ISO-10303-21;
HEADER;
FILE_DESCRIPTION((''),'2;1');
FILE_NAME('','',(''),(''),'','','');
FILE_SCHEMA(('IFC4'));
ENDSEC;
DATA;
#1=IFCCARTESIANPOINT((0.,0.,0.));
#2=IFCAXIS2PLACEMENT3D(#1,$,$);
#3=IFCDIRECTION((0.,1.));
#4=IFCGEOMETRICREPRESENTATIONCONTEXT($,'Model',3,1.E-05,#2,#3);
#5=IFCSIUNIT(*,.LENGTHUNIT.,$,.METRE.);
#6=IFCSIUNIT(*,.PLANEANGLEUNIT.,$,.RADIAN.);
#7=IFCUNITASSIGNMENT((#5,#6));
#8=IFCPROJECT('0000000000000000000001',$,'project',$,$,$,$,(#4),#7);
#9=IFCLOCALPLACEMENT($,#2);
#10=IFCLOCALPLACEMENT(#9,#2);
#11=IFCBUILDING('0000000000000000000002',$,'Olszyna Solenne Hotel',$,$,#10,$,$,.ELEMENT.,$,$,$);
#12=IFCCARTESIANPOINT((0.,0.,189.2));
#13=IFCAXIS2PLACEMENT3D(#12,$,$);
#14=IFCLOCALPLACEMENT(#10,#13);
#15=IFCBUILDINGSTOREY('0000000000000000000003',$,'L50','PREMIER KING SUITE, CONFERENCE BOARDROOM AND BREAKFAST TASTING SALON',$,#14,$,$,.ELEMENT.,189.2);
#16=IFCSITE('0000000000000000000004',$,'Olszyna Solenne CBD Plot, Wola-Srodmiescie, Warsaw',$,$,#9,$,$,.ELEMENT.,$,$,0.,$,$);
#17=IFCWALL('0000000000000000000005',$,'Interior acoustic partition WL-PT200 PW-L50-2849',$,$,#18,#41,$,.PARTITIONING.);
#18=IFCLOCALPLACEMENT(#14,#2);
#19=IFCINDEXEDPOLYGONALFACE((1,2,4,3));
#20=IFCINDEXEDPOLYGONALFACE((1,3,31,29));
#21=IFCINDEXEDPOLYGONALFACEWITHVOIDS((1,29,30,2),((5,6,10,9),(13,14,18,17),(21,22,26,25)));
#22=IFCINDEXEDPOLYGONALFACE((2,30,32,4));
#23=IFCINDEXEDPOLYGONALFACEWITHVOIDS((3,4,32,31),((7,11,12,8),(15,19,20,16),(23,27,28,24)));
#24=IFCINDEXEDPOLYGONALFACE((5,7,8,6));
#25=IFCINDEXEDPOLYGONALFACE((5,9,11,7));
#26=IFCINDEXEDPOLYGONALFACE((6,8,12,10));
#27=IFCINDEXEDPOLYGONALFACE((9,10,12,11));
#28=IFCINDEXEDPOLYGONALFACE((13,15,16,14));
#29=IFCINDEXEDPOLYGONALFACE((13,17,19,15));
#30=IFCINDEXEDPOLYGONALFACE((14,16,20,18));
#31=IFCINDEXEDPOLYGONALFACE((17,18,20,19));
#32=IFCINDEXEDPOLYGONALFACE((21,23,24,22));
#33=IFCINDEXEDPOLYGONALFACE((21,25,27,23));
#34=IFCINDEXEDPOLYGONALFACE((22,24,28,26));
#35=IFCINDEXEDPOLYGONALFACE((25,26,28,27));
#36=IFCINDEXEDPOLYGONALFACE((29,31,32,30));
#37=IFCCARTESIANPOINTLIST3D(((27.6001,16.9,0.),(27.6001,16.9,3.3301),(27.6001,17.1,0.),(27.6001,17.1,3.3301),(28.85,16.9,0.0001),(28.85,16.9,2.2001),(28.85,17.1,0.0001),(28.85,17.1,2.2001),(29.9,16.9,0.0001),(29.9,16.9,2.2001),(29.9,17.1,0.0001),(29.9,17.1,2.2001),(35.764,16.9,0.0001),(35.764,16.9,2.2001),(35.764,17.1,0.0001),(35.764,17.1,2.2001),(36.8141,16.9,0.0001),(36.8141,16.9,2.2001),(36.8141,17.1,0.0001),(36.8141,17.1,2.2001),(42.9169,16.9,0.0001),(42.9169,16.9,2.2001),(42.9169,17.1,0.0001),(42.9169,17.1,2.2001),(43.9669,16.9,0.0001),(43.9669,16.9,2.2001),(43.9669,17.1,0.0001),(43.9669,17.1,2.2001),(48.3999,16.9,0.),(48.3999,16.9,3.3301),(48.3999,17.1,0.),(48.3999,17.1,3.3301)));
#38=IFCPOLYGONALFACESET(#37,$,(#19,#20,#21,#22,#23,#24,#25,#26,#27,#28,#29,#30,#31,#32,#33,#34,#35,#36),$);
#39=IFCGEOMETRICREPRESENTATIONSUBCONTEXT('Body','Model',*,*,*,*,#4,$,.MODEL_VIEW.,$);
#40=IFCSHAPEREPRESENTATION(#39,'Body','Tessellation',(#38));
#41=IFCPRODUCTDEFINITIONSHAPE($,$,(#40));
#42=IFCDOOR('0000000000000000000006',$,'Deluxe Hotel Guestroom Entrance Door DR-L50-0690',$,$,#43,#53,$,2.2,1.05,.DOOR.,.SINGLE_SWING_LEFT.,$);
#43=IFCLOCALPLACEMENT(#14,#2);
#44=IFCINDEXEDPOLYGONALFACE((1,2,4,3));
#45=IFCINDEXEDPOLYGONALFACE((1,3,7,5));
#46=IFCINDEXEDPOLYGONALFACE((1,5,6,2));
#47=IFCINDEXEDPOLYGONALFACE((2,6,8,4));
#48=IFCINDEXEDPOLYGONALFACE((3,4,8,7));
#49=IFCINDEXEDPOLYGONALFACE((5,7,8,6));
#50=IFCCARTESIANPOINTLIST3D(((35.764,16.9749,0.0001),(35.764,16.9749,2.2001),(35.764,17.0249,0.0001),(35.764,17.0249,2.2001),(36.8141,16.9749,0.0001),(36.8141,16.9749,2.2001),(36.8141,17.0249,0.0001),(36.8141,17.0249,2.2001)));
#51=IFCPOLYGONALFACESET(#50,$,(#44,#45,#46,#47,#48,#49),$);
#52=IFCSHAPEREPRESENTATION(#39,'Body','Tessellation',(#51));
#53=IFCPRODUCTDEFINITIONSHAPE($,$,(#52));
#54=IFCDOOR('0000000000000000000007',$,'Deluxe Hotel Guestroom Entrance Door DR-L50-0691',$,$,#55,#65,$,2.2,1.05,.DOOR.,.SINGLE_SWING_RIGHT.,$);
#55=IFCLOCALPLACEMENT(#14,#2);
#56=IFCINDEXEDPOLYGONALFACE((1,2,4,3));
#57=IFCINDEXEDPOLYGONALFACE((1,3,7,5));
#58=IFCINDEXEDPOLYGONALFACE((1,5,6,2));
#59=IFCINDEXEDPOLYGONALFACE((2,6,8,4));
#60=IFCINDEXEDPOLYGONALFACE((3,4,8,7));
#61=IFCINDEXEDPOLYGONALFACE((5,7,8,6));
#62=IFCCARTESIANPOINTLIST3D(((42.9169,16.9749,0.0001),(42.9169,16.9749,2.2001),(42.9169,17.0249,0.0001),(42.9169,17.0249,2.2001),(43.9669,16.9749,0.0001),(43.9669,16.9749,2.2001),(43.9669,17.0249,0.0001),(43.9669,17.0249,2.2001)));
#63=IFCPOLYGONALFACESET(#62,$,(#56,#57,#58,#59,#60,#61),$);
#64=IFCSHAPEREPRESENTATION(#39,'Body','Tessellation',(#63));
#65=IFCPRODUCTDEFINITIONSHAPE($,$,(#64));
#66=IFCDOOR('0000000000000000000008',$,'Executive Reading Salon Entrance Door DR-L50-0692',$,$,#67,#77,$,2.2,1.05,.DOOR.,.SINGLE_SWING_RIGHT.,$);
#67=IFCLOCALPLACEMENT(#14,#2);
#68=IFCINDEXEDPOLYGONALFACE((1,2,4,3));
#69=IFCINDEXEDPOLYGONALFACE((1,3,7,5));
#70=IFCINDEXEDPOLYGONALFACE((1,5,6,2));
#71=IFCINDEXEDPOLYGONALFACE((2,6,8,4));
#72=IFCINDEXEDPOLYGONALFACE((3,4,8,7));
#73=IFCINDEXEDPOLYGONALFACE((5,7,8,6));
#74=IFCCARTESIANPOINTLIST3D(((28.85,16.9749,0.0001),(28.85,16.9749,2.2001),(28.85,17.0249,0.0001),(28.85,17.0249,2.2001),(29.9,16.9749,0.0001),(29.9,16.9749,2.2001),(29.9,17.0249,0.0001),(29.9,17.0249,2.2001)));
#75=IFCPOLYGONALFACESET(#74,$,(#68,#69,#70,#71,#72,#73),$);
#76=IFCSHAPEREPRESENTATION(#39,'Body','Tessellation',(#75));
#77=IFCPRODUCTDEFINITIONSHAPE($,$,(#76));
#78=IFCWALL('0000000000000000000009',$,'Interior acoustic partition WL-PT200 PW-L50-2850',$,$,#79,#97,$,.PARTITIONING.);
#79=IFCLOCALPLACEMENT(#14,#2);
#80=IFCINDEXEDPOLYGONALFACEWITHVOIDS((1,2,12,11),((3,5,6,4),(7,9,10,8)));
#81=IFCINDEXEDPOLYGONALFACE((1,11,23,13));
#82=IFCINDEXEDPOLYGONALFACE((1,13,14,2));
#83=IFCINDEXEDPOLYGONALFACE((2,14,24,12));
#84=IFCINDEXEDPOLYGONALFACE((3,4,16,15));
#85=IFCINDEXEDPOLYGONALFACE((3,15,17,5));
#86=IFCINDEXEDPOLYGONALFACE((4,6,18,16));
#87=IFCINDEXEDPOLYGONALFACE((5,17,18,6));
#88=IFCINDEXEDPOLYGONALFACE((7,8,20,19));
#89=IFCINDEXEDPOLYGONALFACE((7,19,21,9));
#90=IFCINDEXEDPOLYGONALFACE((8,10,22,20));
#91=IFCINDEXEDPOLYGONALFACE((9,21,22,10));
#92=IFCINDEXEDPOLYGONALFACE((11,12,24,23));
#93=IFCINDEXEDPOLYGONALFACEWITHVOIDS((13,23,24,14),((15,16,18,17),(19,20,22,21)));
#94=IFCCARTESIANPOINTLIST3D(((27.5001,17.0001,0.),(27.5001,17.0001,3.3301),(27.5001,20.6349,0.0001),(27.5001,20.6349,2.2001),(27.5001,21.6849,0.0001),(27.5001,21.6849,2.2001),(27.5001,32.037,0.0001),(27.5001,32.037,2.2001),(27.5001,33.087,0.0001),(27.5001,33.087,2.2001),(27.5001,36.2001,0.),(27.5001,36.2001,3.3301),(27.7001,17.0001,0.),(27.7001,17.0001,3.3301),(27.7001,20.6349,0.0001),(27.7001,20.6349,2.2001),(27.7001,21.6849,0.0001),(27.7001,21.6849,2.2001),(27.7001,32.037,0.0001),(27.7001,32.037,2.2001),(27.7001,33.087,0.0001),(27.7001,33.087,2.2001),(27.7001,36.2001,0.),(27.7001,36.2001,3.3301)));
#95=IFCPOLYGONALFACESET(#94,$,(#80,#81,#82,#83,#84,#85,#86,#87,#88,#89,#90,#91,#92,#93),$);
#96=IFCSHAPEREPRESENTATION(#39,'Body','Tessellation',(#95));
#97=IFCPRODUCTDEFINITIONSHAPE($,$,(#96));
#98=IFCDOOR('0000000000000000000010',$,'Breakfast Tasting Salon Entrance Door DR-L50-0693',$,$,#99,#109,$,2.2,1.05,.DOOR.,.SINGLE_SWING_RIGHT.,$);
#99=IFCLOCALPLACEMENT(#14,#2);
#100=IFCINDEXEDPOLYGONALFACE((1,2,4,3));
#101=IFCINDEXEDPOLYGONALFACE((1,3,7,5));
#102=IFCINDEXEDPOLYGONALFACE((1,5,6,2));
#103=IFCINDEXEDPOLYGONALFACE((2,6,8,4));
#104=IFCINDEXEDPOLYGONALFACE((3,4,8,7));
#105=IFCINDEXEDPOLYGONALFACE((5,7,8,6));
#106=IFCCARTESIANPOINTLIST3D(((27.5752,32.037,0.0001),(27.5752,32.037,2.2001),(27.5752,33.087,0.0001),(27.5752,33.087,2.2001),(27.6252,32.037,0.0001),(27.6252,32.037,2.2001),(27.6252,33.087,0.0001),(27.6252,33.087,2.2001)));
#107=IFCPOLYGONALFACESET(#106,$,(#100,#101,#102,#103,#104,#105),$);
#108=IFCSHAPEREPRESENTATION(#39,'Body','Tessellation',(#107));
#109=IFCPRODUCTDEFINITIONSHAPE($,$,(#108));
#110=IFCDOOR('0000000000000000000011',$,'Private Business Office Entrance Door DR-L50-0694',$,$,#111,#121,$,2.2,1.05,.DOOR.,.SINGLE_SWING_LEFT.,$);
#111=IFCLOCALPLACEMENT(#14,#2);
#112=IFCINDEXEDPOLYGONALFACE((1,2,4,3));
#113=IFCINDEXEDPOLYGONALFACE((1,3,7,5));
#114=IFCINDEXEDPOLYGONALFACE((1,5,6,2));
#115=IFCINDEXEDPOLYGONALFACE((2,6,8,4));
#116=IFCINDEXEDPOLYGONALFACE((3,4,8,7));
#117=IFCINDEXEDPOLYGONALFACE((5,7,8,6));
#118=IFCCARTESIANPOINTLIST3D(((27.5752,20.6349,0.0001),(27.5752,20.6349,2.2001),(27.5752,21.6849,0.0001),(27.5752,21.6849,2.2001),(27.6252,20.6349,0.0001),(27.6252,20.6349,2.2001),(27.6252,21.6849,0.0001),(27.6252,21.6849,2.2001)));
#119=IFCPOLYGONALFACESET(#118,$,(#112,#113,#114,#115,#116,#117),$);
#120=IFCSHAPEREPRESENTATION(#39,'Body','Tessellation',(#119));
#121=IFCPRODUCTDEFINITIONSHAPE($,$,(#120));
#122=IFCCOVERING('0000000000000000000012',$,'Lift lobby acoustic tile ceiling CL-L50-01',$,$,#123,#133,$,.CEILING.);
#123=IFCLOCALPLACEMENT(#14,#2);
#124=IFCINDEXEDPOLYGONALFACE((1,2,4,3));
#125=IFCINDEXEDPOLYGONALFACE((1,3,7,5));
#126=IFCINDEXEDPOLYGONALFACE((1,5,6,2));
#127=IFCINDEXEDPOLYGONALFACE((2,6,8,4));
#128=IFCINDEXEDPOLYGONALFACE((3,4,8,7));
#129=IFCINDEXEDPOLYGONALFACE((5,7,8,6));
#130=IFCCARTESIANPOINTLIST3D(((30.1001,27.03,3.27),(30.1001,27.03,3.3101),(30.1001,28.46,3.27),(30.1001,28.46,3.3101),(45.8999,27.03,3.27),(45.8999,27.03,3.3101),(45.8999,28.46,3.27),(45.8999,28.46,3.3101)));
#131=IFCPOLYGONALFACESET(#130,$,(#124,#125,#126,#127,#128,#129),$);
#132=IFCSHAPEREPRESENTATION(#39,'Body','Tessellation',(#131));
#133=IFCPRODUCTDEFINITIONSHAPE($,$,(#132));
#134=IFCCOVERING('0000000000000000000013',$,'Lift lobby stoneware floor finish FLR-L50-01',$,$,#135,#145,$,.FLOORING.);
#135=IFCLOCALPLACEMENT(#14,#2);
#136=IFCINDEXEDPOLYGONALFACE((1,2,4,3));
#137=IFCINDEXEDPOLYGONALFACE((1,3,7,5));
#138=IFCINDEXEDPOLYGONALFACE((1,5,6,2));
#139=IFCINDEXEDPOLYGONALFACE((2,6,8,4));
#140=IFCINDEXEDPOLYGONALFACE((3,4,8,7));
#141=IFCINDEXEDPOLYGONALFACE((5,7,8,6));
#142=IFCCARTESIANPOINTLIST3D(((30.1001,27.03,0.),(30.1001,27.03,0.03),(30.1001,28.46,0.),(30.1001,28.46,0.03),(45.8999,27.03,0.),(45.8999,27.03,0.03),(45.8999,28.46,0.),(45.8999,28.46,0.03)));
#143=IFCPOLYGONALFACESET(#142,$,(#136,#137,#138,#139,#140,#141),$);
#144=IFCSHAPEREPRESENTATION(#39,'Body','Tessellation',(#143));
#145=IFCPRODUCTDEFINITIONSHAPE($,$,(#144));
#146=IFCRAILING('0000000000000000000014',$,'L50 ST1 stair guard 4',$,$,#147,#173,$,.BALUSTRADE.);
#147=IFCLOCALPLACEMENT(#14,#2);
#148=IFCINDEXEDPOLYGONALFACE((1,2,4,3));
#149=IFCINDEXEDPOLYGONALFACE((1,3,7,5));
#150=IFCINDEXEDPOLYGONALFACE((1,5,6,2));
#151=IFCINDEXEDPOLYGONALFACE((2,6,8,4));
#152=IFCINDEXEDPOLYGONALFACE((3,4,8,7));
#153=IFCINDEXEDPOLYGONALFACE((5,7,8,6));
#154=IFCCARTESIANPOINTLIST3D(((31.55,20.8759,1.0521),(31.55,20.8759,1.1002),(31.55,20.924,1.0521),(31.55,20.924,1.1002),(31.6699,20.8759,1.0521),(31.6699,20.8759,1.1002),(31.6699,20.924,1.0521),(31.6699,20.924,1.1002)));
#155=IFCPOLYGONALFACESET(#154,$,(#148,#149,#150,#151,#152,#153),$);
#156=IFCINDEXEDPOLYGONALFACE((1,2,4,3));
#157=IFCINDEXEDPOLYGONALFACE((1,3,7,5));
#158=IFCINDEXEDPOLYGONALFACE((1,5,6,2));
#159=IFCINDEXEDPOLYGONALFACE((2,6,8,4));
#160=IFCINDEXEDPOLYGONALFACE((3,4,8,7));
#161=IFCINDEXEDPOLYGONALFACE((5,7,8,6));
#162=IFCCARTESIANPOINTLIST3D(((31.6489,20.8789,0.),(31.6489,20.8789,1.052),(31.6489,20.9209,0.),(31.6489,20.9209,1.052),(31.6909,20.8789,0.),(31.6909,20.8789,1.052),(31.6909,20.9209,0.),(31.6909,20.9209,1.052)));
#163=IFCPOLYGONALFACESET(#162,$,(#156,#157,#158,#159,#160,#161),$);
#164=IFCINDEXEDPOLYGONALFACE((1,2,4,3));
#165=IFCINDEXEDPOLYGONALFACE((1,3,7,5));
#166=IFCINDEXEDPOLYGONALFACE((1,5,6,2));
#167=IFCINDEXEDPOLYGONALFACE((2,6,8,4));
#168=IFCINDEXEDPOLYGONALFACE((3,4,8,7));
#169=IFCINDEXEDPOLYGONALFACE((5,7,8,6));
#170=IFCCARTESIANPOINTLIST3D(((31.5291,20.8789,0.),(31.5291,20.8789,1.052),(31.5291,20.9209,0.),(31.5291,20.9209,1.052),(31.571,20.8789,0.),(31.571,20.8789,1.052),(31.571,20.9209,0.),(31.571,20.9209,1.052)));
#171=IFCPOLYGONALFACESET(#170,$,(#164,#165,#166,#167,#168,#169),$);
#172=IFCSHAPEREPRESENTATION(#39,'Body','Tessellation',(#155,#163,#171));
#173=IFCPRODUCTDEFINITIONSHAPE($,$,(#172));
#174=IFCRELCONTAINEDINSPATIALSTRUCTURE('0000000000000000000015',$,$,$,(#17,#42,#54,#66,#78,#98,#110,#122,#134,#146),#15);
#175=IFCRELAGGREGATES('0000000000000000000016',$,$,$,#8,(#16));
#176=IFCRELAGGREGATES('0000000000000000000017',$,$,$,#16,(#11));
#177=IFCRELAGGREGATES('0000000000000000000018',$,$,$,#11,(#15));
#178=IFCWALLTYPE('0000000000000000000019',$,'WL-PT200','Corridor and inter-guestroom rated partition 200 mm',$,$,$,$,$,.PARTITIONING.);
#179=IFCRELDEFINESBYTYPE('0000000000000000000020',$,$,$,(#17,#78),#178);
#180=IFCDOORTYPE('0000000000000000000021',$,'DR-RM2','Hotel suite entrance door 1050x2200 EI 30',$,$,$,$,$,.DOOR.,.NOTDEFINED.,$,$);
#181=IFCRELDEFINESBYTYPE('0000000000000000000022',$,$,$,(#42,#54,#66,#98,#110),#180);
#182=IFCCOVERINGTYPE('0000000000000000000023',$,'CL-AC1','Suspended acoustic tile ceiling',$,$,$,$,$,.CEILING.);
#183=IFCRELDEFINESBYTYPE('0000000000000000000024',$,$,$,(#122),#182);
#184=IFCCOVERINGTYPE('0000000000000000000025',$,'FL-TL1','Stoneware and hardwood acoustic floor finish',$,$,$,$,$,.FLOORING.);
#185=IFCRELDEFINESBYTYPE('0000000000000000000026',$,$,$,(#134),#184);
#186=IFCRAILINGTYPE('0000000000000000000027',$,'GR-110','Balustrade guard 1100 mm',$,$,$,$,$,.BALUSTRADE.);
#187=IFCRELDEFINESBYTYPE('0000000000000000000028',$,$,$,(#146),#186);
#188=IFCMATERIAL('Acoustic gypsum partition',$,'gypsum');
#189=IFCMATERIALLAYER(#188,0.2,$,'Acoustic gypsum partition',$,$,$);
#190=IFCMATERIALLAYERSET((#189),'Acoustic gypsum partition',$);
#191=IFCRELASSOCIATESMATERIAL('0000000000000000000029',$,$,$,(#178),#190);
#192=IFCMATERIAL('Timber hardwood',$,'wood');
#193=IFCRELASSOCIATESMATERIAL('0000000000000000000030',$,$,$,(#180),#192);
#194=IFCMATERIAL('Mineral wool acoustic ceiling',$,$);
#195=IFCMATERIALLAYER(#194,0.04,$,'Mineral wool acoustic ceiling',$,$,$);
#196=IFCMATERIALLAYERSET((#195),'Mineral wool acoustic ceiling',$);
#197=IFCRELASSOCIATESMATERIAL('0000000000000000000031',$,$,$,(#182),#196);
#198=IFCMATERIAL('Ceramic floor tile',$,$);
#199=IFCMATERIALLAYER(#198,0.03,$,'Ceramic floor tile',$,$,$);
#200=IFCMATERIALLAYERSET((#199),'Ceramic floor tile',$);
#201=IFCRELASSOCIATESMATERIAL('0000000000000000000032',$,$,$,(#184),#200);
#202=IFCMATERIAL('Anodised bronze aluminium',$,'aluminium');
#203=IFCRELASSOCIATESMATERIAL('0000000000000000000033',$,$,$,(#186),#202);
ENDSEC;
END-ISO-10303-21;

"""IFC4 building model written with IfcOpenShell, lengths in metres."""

from ifc_helpers import new_model, si_unit, direction, frame, frame_2d, origin, origin_2d, place, context, subcontext, project, spatial, polyline, rectangle, outline, extrude, source, transform, mapped, material, layer, layer_set, type_object, type_shapes, element, fill, save


model = new_model("IFC4")

# Units and contexts
model_context = context("Model", 3, precision=1e-05, world=origin(), true_north=direction((0.0, 1.0)))
body_context = subcontext(model_context, "Body", "Model", "MODEL_VIEW")
ifc_project = project(units=[si_unit("LENGTHUNIT", "METRE"), si_unit("PLANEANGLEUNIT", "RADIAN")], contexts=[model_context])

# Site, building, storey
site_placement = place(None, origin())
site = spatial("IfcSite", under=ifc_project, at=site_placement, Name="Olszyna Solenne CBD Plot, Wola-Srodmiescie, Warsaw", CompositionType="ELEMENT", RefElevation=0.0)
building_placement = place(site_placement, origin())
building = spatial("IfcBuilding", under=site, at=building_placement, Name="Olszyna Solenne Hotel", CompositionType="ELEMENT")
storey_placement = place(building_placement, frame((0.0, 0.0, 189.2)))
storey = spatial("IfcBuildingStorey", under=building, at=storey_placement, Name="L50", Description="PREMIER KING SUITE, CONFERENCE BOARDROOM AND BREAKFAST TASTING SALON", CompositionType="ELEMENT", Elevation=189.2)

# Shared definitions
ifc_material_1 = material(Name="Timber hardwood", Category="wood")

# Shared definitions
ifc_material_2 = material(Name="Anodised bronze aluminium", Category="aluminium")

# Shared definitions
ifc_material_3 = material(Name="Acoustic gypsum partition", Category="gypsum")
ifc_layer_1 = layer(ifc_material_3, 0.2, Name="Acoustic gypsum partition")
ifc_layer_set_1 = layer_set([ifc_layer_1], Name="Acoustic gypsum partition")
wall_type_1 = type_object("IfcWallType", Name="WL-PT200", Description="Corridor and inter-guestroom rated partition 200 mm", PredefinedType="PARTITIONING", material=ifc_layer_set_1)

# Walls, openings, doors
wall_1_placement = place(storey_placement, frame((27.6001, 17.0, 0.0), z_axis=(0.0, 0.0, 1.0), x_axis=(1.0, 0.0, 0.0)))
wall_1 = element("IfcWall", 1, at=wall_1_placement, inside=storey, type_object=wall_type_1, Name="Interior acoustic partition WL-PT200 PW-L50-2849", PredefinedType="PARTITIONING", context=body_context, shape_type="SweptSolid", body=[
    extrude(rectangle(XDim=20.7998, YDim=0.2, at=frame_2d((10.3999, 0.0))), origin(), (0.0, 0.0, 1.0), 3.3301),
])
opening_1_placement = place(wall_1_placement, frame((8.1641, 0.0, 0.0)))
opening_1 = element("IfcOpeningElement", 2, at=opening_1_placement, cuts=wall_1, PredefinedType="OPENING", context=body_context, shape_type="SweptSolid", body=[
    extrude(rectangle(XDim=1.05, YDim=2.2, at=frame_2d((0.5249, 1.1001))), frame((0.0, 0.1099, 0.0), z_axis=(0.0, -1.0, 0.0), x_axis=(1.0, 0.0, 0.0)), (0.0, 0.0, 1.0), 0.22),
])
opening_2_placement = place(wall_1_placement, frame((15.3169, 0.0, 0.0)))
opening_2 = element("IfcOpeningElement", 3, at=opening_2_placement, cuts=wall_1, PredefinedType="OPENING", context=body_context, shape_type="SweptSolid", body=[
    extrude(rectangle(XDim=1.05, YDim=2.2, at=frame_2d((0.5249, 1.1001))), frame((0.0, 0.1099, 0.0), z_axis=(0.0, -1.0, 0.0), x_axis=(1.0, 0.0, 0.0)), (0.0, 0.0, 1.0), 0.22),
])
opening_3_placement = place(wall_1_placement, frame((1.25, 0.0, 0.0)))
opening_3 = element("IfcOpeningElement", 4, at=opening_3_placement, cuts=wall_1, PredefinedType="OPENING", context=body_context, shape_type="SweptSolid", body=[
    extrude(rectangle(XDim=1.05, YDim=2.2, at=frame_2d((0.5249, 1.1001))), frame((0.0, 0.1099, 0.0), z_axis=(0.0, -1.0, 0.0), x_axis=(1.0, 0.0, 0.0)), (0.0, 0.0, 1.0), 0.22),
])
door_type_1 = type_object("IfcDoorType", Name="DR-RM2", Description="Hotel suite entrance door 1050x2200 EI 30", OperationType="NOTDEFINED", PredefinedType="DOOR", material=ifc_material_1)
shared_shape_1 = source(origin(), body_context, "Body", "SweptSolid", [
    extrude(rectangle(XDim=1.05, YDim=2.2, at=frame_2d((0.5249, 1.1001))), frame((0.0, 0.0249, 0.0), z_axis=(0.0, -1.0, 0.0), x_axis=(1.0, 0.0, 0.0)), (0.0, 0.0, 1.0), 0.05),
])
type_shapes(door_type_1, [shared_shape_1])
door_1_placement = place(opening_1_placement, origin())
door_1 = element("IfcDoor", 5, at=door_1_placement, inside=storey, type_object=door_type_1, Name="Deluxe Hotel Guestroom Entrance Door DR-L50-0690", OperationType="SINGLE_SWING_LEFT", OverallHeight=2.2, OverallWidth=1.05, PredefinedType="DOOR", context=body_context, shape_type="MappedRepresentation", body=[
    mapped(shared_shape_1, transform((0.0, 0.0, 0.0), x_axis=(1.0, 0.0, 0.0), y_axis=(0.0, 1.0, 0.0), z_axis=(0.0, 0.0, 1.0), scale=1.0)),
])
fill(opening_1, door_1)
door_2_placement = place(opening_2_placement, origin())
door_2 = element("IfcDoor", 6, at=door_2_placement, inside=storey, type_object=door_type_1, Name="Deluxe Hotel Guestroom Entrance Door DR-L50-0691", OperationType="SINGLE_SWING_RIGHT", OverallHeight=2.2, OverallWidth=1.05, PredefinedType="DOOR", context=body_context, shape_type="MappedRepresentation", body=[
    mapped(shared_shape_1, transform((0.0, 0.0, 0.0), x_axis=(1.0, 0.0, 0.0), y_axis=(0.0, 1.0, 0.0), z_axis=(0.0, 0.0, 1.0), scale=1.0)),
])
fill(opening_2, door_2)
door_3_placement = place(opening_3_placement, origin())
door_3 = element("IfcDoor", 7, at=door_3_placement, inside=storey, type_object=door_type_1, Name="Executive Reading Salon Entrance Door DR-L50-0692", OperationType="SINGLE_SWING_RIGHT", OverallHeight=2.2, OverallWidth=1.05, PredefinedType="DOOR", context=body_context, shape_type="MappedRepresentation", body=[
    mapped(shared_shape_1, transform((0.0, 0.0, 0.0), x_axis=(1.0, 0.0, 0.0), y_axis=(0.0, 1.0, 0.0), z_axis=(0.0, 0.0, 1.0), scale=1.0)),
])
fill(opening_3, door_3)
wall_2_placement = place(storey_placement, frame((27.6001, 17.0, 0.0), z_axis=(0.0, 0.0, 1.0), x_axis=(0.0, 1.0, 0.0)))
wall_2 = element("IfcWall", 8, at=wall_2_placement, inside=storey, type_object=wall_type_1, Name="Interior acoustic partition WL-PT200 PW-L50-2850", PredefinedType="PARTITIONING", context=body_context, shape_type="SweptSolid", body=[
    extrude(rectangle(XDim=19.2, YDim=0.2, at=frame_2d((9.6001, 0.0))), origin(), (0.0, 0.0, 1.0), 3.3301),
])
opening_4_placement = place(wall_2_placement, frame((15.0371, 0.0, 0.0)))
opening_4 = element("IfcOpeningElement", 9, at=opening_4_placement, cuts=wall_2, PredefinedType="OPENING", context=body_context, shape_type="SweptSolid", body=[
    extrude(rectangle(XDim=1.05, YDim=2.2, at=frame_2d((0.5249, 1.1001))), frame((0.0, 0.1099, 0.0), z_axis=(0.0, -1.0, 0.0), x_axis=(1.0, 0.0, 0.0)), (0.0, 0.0, 1.0), 0.22),
])
opening_5_placement = place(wall_2_placement, frame((3.635, 0.0, 0.0)))
opening_5 = element("IfcOpeningElement", 10, at=opening_5_placement, cuts=wall_2, PredefinedType="OPENING", context=body_context, shape_type="SweptSolid", body=[
    extrude(rectangle(XDim=1.05, YDim=2.2, at=frame_2d((0.5249, 1.1001))), frame((0.0, 0.1099, 0.0), z_axis=(0.0, -1.0, 0.0), x_axis=(1.0, 0.0, 0.0)), (0.0, 0.0, 1.0), 0.22),
])
door_4_placement = place(opening_4_placement, origin())
door_4 = element("IfcDoor", 11, at=door_4_placement, inside=storey, type_object=door_type_1, Name="Breakfast Tasting Salon Entrance Door DR-L50-0693", OperationType="SINGLE_SWING_RIGHT", OverallHeight=2.2, OverallWidth=1.05, PredefinedType="DOOR", context=body_context, shape_type="MappedRepresentation", body=[
    mapped(shared_shape_1, transform((0.0, 0.0, 0.0), x_axis=(1.0, 0.0, 0.0), y_axis=(0.0, 1.0, 0.0), z_axis=(0.0, 0.0, 1.0), scale=1.0)),
])
fill(opening_4, door_4)
door_5_placement = place(opening_5_placement, origin())
door_5 = element("IfcDoor", 12, at=door_5_placement, inside=storey, type_object=door_type_1, Name="Private Business Office Entrance Door DR-L50-0694", OperationType="SINGLE_SWING_LEFT", OverallHeight=2.2, OverallWidth=1.05, PredefinedType="DOOR", context=body_context, shape_type="MappedRepresentation", body=[
    mapped(shared_shape_1, transform((0.0, 0.0, 0.0), x_axis=(1.0, 0.0, 0.0), y_axis=(0.0, 1.0, 0.0), z_axis=(0.0, 0.0, 1.0), scale=1.0)),
])
fill(opening_5, door_5)

# Coverings
ifc_material_4 = material(Name="Mineral wool acoustic ceiling")
ifc_layer_2 = layer(ifc_material_4, 0.04, Name="Mineral wool acoustic ceiling")
ifc_layer_set_2 = layer_set([ifc_layer_2], Name="Mineral wool acoustic ceiling")
covering_type_1 = type_object("IfcCoveringType", Name="CL-AC1", Description="Suspended acoustic tile ceiling", PredefinedType="CEILING", material=ifc_layer_set_2)
covering_1_placement = place(storey_placement, frame((0.0, 0.0, 3.27)))
element("IfcCovering", 13, at=covering_1_placement, inside=storey, type_object=covering_type_1, Name="Lift lobby acoustic tile ceiling CL-L50-01", PredefinedType="CEILING", context=body_context, shape_type="SweptSolid", body=[
    extrude(outline(polyline([(30.1001, 27.03), (45.8999, 27.03), (45.8999, 28.46), (30.1001, 28.46), (30.1001, 27.03)])), origin(), (0.0, 0.0, 1.0), 0.04),
])
ifc_material_5 = material(Name="Ceramic floor tile")
ifc_layer_3 = layer(ifc_material_5, 0.03, Name="Ceramic floor tile")
ifc_layer_set_3 = layer_set([ifc_layer_3], Name="Ceramic floor tile")
covering_type_2 = type_object("IfcCoveringType", Name="FL-TL1", Description="Stoneware and hardwood acoustic floor finish", PredefinedType="FLOORING", material=ifc_layer_set_3)
covering_2_placement = place(storey_placement, origin())
element("IfcCovering", 14, at=covering_2_placement, inside=storey, type_object=covering_type_2, Name="Lift lobby stoneware floor finish FLR-L50-01", PredefinedType="FLOORING", context=body_context, shape_type="SweptSolid", body=[
    extrude(outline(polyline([(30.1001, 27.03), (45.8999, 27.03), (45.8999, 28.46), (30.1001, 28.46), (30.1001, 27.03)])), origin(), (0.0, 0.0, 1.0), 0.03),
])

# Railing
railing_type = type_object("IfcRailingType", Name="GR-110", Description="Balustrade guard 1100 mm", PredefinedType="BALUSTRADE", material=ifc_material_2)
railing_placement = place(storey_placement, frame((31.6699, 20.8999, 0.0)))
element("IfcRailing", 15, at=railing_placement, inside=storey, type_object=railing_type, Name="L50 ST1 stair guard 4", PredefinedType="BALUSTRADE", context=body_context, shape_type="SweptSolid", body=[
    extrude(rectangle(XDim=0.0481, YDim=0.0481, at=origin_2d()), frame((0.0, 0.0, 1.0762), z_axis=(-1.0, 0.0, 0.0), x_axis=(0.0, -1.0, 0.0)), (0.0, 0.0, 1.0), 0.1199),
    extrude(rectangle(XDim=0.042, YDim=0.042, at=origin_2d()), origin(), (0.0, 0.0, 1.0), 1.052),
    extrude(rectangle(XDim=0.042, YDim=0.042, at=origin_2d()), frame((-0.1199, 0.0, 0.0)), (0.0, 0.0, 1.0), 1.052),
])

save(model, "model.ifc")
